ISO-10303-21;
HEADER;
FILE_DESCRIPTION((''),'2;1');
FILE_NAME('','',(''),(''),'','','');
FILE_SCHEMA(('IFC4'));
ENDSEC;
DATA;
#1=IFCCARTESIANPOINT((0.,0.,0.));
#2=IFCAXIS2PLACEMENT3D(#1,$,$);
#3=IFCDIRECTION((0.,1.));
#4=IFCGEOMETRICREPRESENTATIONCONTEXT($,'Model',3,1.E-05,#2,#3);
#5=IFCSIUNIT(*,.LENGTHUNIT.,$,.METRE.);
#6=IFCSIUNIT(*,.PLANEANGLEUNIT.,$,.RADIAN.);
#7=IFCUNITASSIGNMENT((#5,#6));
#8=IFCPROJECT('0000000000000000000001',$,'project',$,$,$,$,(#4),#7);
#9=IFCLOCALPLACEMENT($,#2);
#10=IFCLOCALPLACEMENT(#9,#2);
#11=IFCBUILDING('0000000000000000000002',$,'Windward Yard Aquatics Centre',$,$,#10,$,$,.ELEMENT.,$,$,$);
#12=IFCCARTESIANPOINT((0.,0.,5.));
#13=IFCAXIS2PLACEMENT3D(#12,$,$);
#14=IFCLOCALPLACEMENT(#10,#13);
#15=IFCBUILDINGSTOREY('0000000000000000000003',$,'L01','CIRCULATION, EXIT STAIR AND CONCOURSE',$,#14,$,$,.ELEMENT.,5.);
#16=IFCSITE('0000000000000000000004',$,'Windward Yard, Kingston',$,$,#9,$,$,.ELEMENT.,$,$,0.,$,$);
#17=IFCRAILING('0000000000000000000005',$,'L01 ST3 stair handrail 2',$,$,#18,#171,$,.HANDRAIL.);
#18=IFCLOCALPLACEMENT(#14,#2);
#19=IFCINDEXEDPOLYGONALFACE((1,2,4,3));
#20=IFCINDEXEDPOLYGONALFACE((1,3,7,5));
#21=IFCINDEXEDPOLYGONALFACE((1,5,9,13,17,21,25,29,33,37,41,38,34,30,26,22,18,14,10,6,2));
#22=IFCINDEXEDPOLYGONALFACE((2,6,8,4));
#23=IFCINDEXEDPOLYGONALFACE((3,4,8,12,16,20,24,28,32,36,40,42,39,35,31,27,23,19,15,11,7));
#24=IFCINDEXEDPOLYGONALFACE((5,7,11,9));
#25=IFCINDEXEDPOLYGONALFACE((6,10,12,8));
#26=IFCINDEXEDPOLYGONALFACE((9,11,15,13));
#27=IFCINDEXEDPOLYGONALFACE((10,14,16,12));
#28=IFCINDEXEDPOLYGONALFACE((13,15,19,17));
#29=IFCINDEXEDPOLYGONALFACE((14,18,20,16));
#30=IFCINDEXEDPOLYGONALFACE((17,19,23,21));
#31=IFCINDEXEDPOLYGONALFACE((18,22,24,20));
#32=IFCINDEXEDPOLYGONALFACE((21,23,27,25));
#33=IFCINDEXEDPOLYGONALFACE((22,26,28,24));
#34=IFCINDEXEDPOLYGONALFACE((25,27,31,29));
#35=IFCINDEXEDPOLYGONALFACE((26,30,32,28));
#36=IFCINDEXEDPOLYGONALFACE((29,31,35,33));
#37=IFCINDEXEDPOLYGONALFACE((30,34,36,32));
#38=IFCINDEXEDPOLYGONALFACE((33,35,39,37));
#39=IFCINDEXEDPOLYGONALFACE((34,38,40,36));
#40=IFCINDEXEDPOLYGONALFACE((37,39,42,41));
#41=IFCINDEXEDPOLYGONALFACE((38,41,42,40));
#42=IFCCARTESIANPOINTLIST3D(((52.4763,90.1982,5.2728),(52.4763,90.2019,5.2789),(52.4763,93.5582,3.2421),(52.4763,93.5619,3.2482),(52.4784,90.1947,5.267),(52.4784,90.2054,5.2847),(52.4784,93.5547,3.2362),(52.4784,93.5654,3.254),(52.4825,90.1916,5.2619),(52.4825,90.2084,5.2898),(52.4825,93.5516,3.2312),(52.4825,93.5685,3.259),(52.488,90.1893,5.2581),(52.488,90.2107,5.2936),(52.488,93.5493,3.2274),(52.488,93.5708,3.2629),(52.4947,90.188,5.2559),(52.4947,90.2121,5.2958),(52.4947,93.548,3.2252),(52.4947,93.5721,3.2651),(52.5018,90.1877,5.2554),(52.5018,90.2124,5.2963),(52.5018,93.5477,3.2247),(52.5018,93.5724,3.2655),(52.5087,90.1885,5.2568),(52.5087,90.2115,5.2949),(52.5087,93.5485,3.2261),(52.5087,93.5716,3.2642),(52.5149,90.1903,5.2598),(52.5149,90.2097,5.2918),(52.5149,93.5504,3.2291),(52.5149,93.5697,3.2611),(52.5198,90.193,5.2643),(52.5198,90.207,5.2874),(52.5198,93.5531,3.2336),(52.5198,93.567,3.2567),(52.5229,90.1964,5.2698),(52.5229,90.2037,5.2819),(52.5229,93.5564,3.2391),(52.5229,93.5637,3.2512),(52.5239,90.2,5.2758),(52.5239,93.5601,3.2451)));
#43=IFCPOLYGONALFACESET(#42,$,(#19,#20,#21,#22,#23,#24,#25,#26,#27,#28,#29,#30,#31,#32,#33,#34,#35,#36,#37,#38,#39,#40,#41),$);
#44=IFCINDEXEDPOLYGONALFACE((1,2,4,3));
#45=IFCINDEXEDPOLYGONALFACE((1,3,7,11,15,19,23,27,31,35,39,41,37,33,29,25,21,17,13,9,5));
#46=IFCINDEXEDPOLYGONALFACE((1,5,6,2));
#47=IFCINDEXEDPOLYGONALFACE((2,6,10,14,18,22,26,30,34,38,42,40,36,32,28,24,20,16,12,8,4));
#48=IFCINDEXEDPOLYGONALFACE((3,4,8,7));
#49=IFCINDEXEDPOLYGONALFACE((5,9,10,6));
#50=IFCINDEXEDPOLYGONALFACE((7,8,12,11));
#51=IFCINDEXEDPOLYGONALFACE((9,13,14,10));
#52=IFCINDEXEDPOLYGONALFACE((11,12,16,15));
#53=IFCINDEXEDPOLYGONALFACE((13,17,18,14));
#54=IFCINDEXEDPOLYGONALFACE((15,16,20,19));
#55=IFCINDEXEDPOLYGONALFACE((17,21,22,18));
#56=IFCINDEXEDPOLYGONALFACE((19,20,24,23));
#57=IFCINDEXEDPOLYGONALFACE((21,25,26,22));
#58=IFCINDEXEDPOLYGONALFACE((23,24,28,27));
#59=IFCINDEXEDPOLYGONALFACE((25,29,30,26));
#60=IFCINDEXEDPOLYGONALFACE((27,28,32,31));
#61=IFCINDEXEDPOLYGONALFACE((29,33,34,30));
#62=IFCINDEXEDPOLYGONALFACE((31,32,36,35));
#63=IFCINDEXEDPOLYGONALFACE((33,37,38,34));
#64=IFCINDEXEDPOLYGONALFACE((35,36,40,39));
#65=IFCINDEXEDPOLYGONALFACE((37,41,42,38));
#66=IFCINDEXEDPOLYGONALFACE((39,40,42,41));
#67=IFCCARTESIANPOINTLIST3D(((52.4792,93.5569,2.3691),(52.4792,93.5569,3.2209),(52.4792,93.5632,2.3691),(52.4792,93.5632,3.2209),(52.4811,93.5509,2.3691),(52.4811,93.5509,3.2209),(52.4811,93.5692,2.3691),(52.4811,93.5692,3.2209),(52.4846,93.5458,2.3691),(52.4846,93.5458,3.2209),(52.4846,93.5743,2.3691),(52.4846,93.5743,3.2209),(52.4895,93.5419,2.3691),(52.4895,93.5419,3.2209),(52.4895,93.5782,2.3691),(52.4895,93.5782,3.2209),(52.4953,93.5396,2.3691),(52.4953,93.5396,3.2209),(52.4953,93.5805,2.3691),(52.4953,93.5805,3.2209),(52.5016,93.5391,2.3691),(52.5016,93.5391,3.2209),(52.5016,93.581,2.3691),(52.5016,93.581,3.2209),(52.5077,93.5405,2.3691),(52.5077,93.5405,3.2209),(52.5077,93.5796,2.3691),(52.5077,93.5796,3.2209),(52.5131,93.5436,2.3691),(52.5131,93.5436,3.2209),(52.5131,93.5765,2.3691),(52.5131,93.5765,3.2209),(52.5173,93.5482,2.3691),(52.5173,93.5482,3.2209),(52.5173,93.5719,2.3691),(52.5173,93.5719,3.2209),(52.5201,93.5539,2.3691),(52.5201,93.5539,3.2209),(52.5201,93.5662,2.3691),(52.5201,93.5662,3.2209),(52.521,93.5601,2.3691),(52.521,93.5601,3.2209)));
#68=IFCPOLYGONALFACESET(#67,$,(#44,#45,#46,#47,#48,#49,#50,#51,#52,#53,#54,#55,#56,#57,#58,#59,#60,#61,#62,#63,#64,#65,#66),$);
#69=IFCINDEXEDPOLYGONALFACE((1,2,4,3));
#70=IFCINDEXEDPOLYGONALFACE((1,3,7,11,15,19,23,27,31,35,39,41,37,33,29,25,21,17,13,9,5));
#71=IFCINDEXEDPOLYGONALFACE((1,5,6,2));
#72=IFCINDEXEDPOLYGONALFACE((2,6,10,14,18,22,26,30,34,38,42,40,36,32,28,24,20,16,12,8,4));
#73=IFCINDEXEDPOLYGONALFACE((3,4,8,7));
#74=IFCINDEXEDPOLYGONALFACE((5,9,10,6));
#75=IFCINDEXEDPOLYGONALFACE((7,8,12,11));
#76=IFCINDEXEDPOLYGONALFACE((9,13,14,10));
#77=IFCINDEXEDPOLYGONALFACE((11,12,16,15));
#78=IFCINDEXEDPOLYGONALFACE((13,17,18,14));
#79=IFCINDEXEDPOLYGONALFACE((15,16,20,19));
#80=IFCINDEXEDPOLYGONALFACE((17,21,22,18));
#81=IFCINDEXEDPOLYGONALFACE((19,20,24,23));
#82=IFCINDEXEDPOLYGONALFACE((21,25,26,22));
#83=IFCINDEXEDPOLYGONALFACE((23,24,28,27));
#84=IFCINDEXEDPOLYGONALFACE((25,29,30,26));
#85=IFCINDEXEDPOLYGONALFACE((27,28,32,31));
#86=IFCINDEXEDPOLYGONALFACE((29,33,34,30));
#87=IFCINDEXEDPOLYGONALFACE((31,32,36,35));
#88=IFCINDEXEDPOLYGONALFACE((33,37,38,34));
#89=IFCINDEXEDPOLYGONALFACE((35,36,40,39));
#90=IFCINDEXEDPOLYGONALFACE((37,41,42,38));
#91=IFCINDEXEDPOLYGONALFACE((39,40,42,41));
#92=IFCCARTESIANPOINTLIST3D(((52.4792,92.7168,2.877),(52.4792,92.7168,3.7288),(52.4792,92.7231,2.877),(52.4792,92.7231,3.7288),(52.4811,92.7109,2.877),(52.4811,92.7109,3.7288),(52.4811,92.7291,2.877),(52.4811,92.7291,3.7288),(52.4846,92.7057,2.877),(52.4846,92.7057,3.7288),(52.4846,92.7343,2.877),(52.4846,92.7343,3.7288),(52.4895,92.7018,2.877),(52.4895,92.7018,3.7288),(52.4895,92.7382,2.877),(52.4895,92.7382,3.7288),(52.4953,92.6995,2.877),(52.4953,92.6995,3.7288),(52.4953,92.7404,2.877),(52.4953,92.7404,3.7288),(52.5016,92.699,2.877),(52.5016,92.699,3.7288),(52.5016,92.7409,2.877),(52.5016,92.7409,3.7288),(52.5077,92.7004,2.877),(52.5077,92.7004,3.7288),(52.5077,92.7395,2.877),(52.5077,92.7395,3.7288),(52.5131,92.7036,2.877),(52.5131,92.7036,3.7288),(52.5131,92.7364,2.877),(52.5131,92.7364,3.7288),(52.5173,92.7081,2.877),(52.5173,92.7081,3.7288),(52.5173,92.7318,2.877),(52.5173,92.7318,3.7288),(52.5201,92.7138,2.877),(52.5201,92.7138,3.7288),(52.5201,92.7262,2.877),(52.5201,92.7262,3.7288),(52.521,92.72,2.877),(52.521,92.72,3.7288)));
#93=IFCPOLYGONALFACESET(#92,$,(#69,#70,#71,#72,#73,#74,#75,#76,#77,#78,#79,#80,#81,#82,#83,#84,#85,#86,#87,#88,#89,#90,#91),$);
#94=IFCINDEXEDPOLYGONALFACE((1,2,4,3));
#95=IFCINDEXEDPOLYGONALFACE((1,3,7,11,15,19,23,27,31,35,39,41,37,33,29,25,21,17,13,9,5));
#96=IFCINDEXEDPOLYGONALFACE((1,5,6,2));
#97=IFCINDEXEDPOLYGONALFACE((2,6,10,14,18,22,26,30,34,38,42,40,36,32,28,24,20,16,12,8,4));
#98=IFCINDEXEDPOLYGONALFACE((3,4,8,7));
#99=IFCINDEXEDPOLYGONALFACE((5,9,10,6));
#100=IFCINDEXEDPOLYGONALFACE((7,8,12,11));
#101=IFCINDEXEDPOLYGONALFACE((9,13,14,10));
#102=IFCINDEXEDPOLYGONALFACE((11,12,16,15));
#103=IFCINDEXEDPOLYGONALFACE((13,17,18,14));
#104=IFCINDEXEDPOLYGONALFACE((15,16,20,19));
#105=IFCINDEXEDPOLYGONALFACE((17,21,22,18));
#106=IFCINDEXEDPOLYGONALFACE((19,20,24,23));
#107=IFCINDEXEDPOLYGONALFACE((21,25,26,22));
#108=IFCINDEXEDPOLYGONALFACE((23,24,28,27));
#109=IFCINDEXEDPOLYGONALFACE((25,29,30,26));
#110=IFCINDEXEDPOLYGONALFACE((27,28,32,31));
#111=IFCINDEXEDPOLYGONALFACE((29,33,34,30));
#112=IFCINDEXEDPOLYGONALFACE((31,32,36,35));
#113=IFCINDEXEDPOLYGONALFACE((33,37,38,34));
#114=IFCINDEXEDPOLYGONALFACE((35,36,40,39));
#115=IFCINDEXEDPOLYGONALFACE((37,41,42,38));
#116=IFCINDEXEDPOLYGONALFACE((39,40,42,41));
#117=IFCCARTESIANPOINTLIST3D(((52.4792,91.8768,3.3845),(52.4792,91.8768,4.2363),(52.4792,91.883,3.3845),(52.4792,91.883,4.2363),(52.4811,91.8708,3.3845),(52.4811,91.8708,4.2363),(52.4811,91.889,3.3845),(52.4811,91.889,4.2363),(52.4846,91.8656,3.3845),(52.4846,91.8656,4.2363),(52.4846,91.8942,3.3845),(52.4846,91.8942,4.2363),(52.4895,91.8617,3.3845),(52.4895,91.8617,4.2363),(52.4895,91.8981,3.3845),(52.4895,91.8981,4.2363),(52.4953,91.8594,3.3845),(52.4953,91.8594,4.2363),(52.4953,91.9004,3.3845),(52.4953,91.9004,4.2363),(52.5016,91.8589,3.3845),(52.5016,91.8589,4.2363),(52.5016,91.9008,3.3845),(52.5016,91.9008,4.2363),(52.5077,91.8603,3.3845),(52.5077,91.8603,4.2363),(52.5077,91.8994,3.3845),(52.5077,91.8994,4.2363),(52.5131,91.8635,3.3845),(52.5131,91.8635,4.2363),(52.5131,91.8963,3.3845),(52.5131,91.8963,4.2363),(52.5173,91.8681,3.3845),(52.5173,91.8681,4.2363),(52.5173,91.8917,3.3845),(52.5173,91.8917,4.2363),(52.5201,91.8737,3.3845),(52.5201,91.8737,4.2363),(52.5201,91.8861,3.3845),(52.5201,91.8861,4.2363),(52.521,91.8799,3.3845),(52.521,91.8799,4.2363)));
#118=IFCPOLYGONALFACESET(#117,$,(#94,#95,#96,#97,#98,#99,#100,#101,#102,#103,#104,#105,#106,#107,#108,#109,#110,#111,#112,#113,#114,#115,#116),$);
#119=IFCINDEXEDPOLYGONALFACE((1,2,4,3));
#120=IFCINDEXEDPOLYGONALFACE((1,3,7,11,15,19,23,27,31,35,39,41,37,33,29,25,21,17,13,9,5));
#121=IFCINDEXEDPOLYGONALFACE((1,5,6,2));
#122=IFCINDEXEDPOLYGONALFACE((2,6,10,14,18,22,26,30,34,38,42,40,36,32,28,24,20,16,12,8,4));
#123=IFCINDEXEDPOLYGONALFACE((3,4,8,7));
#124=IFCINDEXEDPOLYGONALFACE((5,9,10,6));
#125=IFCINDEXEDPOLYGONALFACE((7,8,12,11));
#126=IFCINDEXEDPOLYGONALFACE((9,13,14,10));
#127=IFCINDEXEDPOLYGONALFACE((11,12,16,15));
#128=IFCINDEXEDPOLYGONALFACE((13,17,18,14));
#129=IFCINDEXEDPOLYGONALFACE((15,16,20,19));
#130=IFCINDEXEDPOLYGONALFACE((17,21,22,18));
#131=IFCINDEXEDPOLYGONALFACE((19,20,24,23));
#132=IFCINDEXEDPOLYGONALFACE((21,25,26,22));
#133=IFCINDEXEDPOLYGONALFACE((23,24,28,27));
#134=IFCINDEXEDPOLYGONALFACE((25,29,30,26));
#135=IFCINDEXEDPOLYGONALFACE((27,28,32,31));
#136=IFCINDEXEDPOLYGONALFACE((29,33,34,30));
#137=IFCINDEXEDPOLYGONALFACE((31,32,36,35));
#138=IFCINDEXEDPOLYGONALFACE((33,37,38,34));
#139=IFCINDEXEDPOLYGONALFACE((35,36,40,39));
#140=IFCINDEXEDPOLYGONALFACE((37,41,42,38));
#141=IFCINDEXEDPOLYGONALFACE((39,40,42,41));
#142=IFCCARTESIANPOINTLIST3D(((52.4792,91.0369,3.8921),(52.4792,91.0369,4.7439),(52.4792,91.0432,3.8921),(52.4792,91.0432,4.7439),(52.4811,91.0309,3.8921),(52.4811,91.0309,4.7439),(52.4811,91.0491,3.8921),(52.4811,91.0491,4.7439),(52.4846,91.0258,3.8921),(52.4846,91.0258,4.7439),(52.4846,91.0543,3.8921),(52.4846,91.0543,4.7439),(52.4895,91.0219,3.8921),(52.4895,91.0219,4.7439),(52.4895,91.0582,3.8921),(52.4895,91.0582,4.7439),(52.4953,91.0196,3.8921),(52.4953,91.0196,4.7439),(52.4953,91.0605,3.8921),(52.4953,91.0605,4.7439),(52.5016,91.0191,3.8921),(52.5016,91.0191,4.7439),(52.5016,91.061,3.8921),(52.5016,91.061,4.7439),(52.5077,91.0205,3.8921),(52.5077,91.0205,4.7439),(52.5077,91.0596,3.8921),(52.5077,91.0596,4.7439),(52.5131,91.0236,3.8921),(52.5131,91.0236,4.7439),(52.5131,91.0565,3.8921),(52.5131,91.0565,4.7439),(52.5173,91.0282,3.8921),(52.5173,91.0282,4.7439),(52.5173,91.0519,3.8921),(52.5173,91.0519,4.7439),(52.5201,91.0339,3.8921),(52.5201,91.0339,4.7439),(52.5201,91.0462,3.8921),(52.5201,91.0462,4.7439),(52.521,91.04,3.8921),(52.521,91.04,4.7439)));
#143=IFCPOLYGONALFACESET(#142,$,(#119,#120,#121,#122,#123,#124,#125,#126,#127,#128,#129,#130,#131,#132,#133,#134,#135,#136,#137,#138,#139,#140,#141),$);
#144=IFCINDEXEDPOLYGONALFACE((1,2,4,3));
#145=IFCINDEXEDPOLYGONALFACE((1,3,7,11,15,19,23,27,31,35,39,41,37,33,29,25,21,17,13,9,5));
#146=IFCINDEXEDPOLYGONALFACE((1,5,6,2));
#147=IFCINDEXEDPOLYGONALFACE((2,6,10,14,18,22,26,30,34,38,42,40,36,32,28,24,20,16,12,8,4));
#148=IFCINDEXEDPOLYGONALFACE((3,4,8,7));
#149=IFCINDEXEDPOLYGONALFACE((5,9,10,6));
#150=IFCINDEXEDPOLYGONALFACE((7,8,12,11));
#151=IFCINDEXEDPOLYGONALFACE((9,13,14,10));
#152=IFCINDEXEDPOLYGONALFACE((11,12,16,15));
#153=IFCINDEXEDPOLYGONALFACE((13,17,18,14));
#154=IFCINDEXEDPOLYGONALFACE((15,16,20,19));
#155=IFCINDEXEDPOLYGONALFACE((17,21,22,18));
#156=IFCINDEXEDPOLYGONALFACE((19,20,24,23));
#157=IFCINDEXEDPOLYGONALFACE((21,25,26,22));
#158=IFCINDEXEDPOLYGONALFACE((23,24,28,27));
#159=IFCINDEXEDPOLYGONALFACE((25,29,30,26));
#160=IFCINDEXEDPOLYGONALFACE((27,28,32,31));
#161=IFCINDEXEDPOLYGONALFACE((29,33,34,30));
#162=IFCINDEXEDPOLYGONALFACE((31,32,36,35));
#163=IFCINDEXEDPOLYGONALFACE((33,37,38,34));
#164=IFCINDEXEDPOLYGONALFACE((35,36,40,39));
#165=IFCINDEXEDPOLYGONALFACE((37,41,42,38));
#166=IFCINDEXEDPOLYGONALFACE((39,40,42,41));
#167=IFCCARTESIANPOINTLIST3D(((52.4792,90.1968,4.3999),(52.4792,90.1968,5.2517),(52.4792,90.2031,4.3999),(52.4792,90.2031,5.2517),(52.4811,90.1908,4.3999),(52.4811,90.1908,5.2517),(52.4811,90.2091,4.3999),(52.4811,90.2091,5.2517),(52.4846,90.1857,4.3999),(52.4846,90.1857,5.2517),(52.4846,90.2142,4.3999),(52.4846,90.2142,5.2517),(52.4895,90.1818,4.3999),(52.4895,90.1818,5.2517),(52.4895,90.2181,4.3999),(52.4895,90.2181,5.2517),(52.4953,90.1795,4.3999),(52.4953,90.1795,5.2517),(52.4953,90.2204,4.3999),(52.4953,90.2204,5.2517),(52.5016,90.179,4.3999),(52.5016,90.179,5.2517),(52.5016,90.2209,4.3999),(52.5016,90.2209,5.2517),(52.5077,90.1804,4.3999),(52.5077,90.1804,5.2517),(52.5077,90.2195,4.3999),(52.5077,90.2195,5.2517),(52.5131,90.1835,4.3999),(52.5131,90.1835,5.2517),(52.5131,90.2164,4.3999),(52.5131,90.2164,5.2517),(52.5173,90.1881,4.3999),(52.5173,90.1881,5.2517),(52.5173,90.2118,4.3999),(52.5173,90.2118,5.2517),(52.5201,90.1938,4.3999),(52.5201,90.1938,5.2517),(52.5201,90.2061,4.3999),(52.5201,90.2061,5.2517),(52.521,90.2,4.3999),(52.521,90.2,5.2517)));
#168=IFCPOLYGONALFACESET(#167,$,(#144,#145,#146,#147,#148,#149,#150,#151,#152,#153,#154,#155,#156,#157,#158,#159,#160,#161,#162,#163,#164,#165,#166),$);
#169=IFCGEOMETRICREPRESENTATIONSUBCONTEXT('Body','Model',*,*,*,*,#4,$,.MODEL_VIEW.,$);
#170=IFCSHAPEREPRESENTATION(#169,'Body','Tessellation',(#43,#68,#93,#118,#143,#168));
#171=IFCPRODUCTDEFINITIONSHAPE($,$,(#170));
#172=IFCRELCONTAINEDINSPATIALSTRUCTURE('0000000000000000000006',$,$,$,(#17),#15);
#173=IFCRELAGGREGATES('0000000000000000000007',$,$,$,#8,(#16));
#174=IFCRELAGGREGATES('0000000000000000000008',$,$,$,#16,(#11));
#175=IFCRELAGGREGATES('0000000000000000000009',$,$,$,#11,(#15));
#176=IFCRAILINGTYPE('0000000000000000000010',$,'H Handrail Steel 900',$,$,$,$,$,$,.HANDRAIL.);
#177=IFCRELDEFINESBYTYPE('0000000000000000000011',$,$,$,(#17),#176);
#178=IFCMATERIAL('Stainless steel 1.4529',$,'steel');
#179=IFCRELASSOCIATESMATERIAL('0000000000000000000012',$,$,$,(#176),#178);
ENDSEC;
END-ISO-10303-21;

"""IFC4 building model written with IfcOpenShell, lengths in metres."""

from ifc_helpers import new_model, si_unit, direction, frame, origin, origin_2d, place, context, subcontext, project, spatial, circle, extrude, material, type_object, element, save


model = new_model("IFC4")

# Units and contexts
model_context = context("Model", 3, precision=1e-05, world=origin(), true_north=direction((0.0, 1.0)))
body_context = subcontext(model_context, "Body", "Model", "MODEL_VIEW")
ifc_project = project(units=[si_unit("LENGTHUNIT", "METRE"), si_unit("PLANEANGLEUNIT", "RADIAN")], contexts=[model_context])

# Site, building, storey
site_placement = place(None, origin())
site = spatial("IfcSite", under=ifc_project, at=site_placement, Name="Windward Yard, Kingston", CompositionType="ELEMENT", RefElevation=0.0)
building_placement = place(site_placement, origin())
building = spatial("IfcBuilding", under=site, at=building_placement, Name="Windward Yard Aquatics Centre", CompositionType="ELEMENT")
storey_placement = place(building_placement, frame((0.0, 0.0, 5.0)))
storey = spatial("IfcBuildingStorey", under=building, at=storey_placement, Name="L01", Description="CIRCULATION, EXIT STAIR AND CONCOURSE", CompositionType="ELEMENT", Elevation=5.0)

# Railing
ifc_material_1 = material(Name="Stainless steel 1.4529", Category="steel")
railing_type_1 = type_object("IfcRailingType", Name="H Handrail Steel 900", PredefinedType="HANDRAIL", material=ifc_material_1)
railing_1_placement = place(storey_placement, frame((52.5, 93.5601, 2.3691)))
element("IfcRailing", 1, at=railing_1_placement, inside=storey, type_object=railing_type_1, Name="L01 ST3 stair handrail 2", PredefinedType="HANDRAIL", context=body_context, shape_type="SweptSolid", body=[
    extrude(circle(Radius=0.0239, at=origin_2d()), frame((0.0, 0.0, 0.876), z_axis=(0.0, -0.855837, 0.517246), x_axis=(1.0, 0.0, 0.0)), (0.0, 0.0, 1.0), 3.926),
    extrude(circle(Radius=0.021, at=origin_2d()), origin(), (0.0, 0.0, 1.0), 0.8518),
    extrude(circle(Radius=0.021, at=origin_2d()), frame((0.0, -0.8401, 0.5078)), (0.0, 0.0, 1.0), 0.8518),
    extrude(circle(Radius=0.021, at=origin_2d()), frame((0.0, -1.6802, 1.0154)), (0.0, 0.0, 1.0), 0.8518),
    extrude(circle(Radius=0.021, at=origin_2d()), frame((0.0, -2.52, 1.5229)), (0.0, 0.0, 1.0), 0.8518),
    extrude(circle(Radius=0.021, at=origin_2d()), frame((0.0, -3.3601, 2.0308)), (0.0, 0.0, 1.0), 0.8518),
])

save(model, "model.ifc")
